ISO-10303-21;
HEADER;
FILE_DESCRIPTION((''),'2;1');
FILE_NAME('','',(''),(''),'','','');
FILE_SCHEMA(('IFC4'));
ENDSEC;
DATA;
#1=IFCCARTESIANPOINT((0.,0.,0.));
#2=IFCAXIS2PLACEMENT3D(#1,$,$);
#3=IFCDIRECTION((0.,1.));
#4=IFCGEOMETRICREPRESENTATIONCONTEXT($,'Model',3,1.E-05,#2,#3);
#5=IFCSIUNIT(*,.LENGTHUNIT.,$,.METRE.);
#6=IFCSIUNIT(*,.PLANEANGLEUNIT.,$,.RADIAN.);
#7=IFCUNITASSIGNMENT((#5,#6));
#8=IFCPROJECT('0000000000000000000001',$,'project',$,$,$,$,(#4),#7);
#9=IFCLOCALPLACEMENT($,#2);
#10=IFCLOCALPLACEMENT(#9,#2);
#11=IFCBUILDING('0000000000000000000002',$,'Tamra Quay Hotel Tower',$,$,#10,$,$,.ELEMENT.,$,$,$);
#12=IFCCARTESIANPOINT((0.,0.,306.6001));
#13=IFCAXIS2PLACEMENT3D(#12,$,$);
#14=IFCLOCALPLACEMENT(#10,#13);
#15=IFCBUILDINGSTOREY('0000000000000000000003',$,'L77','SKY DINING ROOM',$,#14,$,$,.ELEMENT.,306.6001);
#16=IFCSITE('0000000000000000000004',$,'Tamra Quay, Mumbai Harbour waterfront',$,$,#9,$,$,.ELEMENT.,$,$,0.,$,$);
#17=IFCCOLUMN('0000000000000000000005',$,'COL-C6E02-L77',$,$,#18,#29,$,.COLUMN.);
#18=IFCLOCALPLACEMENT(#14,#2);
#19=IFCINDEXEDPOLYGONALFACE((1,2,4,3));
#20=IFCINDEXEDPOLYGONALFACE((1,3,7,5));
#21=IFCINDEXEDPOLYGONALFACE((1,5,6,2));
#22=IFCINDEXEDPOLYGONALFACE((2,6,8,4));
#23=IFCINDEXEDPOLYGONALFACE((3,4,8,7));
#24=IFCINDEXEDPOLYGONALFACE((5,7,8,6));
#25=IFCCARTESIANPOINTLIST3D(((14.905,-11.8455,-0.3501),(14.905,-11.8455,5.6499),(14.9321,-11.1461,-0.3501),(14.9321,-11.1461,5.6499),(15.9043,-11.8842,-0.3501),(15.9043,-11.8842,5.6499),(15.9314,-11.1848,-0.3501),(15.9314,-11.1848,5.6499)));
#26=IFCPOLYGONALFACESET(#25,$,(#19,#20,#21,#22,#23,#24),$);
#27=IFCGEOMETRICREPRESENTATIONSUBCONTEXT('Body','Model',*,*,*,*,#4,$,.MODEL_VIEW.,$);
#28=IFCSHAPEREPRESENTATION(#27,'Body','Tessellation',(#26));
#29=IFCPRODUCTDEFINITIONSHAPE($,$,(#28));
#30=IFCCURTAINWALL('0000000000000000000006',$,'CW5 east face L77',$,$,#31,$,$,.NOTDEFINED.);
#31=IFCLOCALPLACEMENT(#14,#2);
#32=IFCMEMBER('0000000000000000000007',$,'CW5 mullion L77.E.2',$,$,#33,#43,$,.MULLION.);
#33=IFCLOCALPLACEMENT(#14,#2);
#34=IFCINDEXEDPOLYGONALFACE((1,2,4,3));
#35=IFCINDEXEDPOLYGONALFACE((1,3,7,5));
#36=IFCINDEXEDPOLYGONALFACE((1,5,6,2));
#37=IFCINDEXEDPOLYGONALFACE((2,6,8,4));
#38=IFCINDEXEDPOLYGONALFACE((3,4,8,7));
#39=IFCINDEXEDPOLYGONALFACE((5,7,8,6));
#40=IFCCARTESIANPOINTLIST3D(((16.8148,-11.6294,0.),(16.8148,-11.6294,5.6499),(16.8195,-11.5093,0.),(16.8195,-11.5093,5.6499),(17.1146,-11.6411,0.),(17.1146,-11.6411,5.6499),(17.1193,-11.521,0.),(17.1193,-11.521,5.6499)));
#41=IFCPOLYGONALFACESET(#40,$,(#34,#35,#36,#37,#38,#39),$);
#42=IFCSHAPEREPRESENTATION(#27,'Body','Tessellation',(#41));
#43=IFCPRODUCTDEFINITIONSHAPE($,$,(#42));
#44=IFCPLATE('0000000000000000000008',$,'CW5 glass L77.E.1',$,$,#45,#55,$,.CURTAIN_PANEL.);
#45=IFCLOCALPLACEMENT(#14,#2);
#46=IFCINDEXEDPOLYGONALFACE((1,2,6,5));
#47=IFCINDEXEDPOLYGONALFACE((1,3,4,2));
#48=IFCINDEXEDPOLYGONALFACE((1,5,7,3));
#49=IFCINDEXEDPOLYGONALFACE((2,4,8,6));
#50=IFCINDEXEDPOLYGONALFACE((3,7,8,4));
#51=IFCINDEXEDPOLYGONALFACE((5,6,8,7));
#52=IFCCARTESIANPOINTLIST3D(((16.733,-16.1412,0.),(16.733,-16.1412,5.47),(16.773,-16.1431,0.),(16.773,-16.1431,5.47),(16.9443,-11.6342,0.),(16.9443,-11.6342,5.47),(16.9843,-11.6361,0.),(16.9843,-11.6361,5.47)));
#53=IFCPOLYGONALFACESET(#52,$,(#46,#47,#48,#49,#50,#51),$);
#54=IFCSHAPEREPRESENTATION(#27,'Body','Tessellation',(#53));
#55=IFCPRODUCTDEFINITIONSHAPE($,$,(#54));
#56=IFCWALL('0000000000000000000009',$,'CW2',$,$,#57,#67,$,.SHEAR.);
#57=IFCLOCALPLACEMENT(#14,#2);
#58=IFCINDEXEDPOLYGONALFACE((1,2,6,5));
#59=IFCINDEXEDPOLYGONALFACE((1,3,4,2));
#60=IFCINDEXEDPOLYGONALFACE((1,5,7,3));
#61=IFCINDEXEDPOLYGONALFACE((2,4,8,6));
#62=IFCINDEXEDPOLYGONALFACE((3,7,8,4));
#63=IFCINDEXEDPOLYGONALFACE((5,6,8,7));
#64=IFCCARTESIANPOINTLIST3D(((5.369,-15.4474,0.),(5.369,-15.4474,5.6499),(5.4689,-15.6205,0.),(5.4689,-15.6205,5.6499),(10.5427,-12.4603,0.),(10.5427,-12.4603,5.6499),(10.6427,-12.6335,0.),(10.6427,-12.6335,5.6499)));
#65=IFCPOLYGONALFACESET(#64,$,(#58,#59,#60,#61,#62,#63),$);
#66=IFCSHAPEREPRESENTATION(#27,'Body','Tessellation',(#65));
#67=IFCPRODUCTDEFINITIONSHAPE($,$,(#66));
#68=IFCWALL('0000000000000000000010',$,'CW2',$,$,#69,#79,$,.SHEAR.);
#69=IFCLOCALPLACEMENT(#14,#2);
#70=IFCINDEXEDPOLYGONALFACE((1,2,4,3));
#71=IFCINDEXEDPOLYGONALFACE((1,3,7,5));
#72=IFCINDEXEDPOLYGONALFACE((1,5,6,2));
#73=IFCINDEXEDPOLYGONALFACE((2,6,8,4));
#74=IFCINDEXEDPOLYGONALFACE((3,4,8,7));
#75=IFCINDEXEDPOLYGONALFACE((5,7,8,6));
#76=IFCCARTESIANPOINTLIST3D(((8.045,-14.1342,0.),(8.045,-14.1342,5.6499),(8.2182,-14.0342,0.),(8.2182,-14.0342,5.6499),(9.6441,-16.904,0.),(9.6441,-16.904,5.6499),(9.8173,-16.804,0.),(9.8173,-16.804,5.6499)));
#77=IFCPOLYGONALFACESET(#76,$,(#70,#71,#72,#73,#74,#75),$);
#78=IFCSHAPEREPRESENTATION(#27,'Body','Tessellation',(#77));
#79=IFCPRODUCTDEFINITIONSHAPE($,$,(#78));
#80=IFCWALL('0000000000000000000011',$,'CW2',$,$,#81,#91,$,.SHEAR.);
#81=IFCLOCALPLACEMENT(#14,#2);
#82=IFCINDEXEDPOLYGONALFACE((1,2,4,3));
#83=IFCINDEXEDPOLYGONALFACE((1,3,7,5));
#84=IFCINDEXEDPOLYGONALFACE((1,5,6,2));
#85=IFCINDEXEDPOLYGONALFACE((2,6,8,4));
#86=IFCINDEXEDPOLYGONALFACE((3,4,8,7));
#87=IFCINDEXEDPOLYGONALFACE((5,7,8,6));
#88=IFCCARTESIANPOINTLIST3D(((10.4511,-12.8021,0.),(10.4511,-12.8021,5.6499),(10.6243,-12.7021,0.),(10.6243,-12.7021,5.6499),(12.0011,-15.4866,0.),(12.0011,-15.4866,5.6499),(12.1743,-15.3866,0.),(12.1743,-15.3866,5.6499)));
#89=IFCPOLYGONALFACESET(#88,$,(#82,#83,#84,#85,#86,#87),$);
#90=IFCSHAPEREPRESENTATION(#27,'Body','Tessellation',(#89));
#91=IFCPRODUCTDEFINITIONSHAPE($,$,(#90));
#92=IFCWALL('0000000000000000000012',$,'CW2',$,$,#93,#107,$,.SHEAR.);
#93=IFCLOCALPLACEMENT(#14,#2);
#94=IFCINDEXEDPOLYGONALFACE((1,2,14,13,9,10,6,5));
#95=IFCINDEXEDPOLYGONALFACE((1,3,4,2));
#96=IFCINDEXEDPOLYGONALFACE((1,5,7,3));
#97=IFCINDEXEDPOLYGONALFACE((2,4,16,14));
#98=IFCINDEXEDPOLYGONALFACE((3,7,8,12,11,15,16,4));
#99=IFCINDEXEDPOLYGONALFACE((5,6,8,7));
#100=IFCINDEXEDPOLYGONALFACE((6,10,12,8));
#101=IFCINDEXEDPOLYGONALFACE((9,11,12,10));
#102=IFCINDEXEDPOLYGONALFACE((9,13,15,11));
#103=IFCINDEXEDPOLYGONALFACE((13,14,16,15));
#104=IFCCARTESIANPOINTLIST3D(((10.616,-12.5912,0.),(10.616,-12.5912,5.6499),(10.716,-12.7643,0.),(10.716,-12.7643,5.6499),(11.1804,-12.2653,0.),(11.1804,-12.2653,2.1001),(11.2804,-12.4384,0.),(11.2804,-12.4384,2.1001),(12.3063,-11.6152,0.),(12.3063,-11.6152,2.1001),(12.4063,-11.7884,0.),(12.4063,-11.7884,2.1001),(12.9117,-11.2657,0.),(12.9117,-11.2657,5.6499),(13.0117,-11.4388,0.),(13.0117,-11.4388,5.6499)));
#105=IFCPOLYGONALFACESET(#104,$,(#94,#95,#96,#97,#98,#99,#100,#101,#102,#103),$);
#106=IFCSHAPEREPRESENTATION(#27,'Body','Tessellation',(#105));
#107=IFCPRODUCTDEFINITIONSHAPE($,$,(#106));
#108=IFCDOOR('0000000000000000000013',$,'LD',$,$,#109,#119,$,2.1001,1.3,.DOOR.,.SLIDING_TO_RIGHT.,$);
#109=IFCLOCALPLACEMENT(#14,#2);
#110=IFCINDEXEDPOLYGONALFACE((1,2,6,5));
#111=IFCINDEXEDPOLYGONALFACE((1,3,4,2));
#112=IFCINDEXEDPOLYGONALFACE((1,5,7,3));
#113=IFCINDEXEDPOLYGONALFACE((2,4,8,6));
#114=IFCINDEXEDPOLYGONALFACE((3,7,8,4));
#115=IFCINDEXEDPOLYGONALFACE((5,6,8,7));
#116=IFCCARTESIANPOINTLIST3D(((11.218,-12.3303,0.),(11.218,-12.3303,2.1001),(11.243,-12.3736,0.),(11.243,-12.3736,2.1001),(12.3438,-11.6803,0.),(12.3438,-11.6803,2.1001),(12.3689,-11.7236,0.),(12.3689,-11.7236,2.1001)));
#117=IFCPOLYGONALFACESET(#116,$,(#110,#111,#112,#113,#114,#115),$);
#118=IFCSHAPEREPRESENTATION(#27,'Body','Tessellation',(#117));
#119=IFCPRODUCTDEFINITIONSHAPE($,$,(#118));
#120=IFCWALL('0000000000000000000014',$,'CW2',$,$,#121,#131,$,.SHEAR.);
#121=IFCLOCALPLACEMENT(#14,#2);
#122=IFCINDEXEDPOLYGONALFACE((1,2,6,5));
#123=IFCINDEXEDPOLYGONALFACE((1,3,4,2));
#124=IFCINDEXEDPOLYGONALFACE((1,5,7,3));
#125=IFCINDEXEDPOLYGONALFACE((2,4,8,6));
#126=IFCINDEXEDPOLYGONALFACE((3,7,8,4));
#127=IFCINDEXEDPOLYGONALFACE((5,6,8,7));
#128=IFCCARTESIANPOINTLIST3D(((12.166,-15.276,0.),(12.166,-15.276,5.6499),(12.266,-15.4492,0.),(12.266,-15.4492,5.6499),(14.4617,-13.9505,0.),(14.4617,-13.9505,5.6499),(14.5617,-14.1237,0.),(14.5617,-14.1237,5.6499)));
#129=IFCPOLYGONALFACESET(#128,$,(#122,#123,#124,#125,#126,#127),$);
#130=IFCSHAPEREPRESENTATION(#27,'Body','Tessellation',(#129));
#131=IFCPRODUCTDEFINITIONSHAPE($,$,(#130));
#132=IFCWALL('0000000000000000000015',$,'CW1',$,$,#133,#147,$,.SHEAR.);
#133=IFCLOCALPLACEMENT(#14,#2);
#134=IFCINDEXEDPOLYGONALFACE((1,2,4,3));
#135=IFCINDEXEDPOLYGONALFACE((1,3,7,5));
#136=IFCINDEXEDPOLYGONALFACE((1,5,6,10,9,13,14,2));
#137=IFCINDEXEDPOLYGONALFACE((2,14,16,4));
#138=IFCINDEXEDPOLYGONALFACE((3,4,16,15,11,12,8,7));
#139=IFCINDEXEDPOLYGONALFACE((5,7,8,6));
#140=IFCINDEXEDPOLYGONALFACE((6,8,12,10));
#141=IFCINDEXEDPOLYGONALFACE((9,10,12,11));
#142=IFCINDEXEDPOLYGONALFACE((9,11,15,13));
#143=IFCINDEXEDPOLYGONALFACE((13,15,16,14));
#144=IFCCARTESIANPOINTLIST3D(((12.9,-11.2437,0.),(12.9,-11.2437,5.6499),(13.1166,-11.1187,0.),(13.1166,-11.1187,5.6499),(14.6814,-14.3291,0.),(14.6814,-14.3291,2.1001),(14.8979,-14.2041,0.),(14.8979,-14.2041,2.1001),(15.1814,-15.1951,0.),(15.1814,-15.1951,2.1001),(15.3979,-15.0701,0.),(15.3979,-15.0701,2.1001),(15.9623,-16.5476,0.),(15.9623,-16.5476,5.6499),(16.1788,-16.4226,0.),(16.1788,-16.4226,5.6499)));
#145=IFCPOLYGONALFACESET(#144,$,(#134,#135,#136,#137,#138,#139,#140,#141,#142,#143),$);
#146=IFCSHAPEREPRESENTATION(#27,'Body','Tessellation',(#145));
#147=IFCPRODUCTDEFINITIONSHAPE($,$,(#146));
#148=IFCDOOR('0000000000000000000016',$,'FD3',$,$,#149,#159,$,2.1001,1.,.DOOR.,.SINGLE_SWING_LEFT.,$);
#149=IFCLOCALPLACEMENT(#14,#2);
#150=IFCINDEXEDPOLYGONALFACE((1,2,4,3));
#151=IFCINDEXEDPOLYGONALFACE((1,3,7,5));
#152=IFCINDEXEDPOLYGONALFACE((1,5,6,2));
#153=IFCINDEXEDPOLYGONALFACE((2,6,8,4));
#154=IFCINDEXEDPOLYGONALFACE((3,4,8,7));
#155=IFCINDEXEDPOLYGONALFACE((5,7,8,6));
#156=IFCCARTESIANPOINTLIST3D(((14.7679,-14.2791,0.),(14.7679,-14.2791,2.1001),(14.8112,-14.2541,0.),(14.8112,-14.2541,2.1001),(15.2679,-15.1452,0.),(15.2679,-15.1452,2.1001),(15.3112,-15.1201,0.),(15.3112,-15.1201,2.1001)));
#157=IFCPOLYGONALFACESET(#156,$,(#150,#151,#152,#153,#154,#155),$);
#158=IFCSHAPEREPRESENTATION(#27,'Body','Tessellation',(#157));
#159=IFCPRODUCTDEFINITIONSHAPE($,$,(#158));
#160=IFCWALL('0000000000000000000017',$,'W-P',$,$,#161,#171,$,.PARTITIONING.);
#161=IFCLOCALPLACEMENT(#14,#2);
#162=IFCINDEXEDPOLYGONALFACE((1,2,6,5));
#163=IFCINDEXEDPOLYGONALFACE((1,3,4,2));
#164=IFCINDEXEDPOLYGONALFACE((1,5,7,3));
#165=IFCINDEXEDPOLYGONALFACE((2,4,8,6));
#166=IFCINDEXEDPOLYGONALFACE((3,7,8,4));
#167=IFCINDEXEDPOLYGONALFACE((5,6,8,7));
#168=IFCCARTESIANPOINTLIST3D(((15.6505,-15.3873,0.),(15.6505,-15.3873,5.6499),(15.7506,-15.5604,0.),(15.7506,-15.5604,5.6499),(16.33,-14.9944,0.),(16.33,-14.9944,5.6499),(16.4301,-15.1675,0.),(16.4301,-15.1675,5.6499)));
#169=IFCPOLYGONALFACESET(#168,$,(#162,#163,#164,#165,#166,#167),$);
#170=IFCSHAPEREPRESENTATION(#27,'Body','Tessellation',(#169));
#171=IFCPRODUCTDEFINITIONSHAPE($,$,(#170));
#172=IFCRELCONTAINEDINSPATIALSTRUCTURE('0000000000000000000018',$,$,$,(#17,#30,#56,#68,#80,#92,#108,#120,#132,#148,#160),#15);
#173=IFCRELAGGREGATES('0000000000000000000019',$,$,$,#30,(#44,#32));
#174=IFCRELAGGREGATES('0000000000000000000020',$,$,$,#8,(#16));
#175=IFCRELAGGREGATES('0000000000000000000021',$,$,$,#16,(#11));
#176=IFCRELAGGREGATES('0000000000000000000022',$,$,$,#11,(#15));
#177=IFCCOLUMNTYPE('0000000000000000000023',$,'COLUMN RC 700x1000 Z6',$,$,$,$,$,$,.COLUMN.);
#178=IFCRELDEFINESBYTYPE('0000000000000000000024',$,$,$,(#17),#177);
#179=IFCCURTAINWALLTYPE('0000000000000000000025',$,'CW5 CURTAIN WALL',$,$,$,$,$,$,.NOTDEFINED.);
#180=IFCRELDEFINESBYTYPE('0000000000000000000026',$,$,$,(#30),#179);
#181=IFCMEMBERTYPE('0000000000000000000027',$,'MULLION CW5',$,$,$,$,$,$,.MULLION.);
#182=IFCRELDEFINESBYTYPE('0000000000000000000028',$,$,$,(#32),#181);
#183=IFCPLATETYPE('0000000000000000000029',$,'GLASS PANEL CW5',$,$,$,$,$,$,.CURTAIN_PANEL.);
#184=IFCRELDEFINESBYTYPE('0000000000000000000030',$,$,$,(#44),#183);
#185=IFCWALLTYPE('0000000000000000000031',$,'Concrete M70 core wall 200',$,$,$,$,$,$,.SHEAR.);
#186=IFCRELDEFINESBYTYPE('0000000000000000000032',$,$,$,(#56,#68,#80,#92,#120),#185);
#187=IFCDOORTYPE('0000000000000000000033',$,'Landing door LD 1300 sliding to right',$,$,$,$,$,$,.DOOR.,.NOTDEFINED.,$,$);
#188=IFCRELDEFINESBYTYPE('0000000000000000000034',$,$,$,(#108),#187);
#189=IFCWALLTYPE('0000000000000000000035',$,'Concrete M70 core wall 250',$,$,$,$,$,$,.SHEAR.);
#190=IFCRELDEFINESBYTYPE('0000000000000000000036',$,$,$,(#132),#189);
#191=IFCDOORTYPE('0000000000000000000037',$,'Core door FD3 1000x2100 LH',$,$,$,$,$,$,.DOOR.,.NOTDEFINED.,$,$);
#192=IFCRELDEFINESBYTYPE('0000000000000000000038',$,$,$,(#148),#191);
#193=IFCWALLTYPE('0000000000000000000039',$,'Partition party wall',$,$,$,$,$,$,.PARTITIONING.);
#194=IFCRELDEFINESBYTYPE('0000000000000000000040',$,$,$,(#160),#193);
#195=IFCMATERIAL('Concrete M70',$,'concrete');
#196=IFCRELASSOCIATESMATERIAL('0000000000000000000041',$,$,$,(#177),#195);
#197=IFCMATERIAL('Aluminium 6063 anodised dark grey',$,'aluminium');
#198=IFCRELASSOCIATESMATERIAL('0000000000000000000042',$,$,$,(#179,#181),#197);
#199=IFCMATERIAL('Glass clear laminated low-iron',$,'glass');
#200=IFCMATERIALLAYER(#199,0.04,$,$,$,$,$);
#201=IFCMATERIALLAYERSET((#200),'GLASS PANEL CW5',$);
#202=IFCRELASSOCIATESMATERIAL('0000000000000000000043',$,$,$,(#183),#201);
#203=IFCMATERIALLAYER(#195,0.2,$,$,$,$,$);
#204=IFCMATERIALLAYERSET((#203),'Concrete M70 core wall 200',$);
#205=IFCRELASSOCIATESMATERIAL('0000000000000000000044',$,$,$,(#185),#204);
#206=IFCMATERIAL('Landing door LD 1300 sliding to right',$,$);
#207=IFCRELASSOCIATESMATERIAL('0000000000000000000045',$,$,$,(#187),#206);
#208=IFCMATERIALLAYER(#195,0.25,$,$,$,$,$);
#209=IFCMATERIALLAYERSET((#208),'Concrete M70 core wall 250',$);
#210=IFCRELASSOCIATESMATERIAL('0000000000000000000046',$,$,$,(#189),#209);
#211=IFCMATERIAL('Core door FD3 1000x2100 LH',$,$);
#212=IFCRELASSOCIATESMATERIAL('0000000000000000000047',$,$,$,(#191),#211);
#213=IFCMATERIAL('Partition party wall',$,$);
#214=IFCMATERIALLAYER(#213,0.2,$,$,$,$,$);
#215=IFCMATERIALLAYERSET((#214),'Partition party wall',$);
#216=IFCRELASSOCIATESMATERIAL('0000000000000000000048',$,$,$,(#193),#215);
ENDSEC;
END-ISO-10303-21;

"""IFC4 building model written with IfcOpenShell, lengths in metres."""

from ifc_helpers import new_model, si_unit, direction, frame, frame_2d, origin, origin_2d, place, context, subcontext, project, spatial, rectangle, extrude, material, layer, layer_set, material_profile, profile_set, type_object, element, fill, aggregate, save


model = new_model("IFC4")

# Units and contexts
model_context = context("Model", 3, precision=1e-05, world=origin(), true_north=direction((0.0, 1.0)))
body_context = subcontext(model_context, "Body", "Model", "MODEL_VIEW")
ifc_project = project(units=[si_unit("LENGTHUNIT", "METRE"), si_unit("PLANEANGLEUNIT", "RADIAN")], contexts=[model_context])

# Site, building, storey
site_placement = place(None, origin())
site = spatial("IfcSite", under=ifc_project, at=site_placement, Name="Tamra Quay, Mumbai Harbour waterfront", CompositionType="ELEMENT", RefElevation=0.0)
building_placement = place(site_placement, origin())
building = spatial("IfcBuilding", under=site, at=building_placement, Name="Tamra Quay Hotel Tower", CompositionType="ELEMENT")
storey_placement = place(building_placement, frame((0.0, 0.0, 306.6001)))
storey = spatial("IfcBuildingStorey", under=building, at=storey_placement, Name="L77", Description="SKY DINING ROOM", CompositionType="ELEMENT", Elevation=306.6001)

# Column
ifc_material_1 = material(Name="Concrete M70", Category="concrete")
ifc_material_profile_1 = material_profile(ifc_material_1, rectangle(XDim=1.0, YDim=0.7, at=origin_2d()), Name="COLUMN RC 700x1000 Z6")
ifc_profile_set_1 = profile_set([ifc_material_profile_1], Name="Concrete M70")
column_type = type_object("IfcColumnType", Name="COLUMN RC 700x1000 Z6", PredefinedType="COLUMN", material=ifc_profile_set_1)
column_placement = place(storey_placement, frame((15.4182, -11.5151, -0.3501), z_axis=(0.0, 0.0, 1.0), x_axis=(-0.999251, 0.038691, 0.0)))
element("IfcColumn", 1, at=column_placement, inside=storey, type_object=column_type, Name="COL-C6E02-L77", PredefinedType="COLUMN", context=body_context, shape_type="SweptSolid", body=[
    extrude(rectangle(XDim=1.0, YDim=0.7, at=origin_2d()), origin(), (0.0, 0.0, 1.0), 6.0),
])

# Curtain wall, member, plate
ifc_material_2 = material(Name="Aluminium 6063 anodised dark grey", Category="aluminium")
curtain_wall_type = type_object("IfcCurtainWallType", Name="CW5 CURTAIN WALL", PredefinedType="NOTDEFINED", material=ifc_material_2)
curtain_wall_placement = place(storey_placement, origin())
curtain_wall = element("IfcCurtainWall", 2, at=curtain_wall_placement, inside=storey, type_object=curtain_wall_type, Name="CW5 east face L77", PredefinedType="NOTDEFINED")
ifc_material_profile_2 = material_profile(ifc_material_2, rectangle(XDim=0.3, YDim=0.1201, at=origin_2d()), Name="MULLION 120X300")
ifc_profile_set_2 = profile_set([ifc_material_profile_2], Name="Aluminium 6063 anodised dark grey")
member_type = type_object("IfcMemberType", Name="MULLION CW5", PredefinedType="MULLION", material=ifc_profile_set_2)
member_placement = place(storey_placement, frame((16.967, -11.5752, 0.0), z_axis=(0.0, 0.0, 1.0), x_axis=(0.999238, -0.039033, 0.0)))
member = element("IfcMember", 3, at=member_placement, type_object=member_type, Name="CW5 mullion L77.E.2", PredefinedType="MULLION", context=body_context, shape_type="SweptSolid", body=[
    extrude(rectangle(XDim=0.3, YDim=0.1201, at=origin_2d()), origin(), (0.0, 0.0, 1.0), 5.6499),
])
ifc_material_3 = material(Name="Glass clear laminated low-iron", Category="glass")
ifc_layer_1 = layer(ifc_material_3, 0.04)
ifc_layer_set_1 = layer_set([ifc_layer_1], Name="GLASS PANEL CW5")
plate_type = type_object("IfcPlateType", Name="GLASS PANEL CW5", PredefinedType="CURTAIN_PANEL", material=ifc_layer_set_1)
plate_placement = place(storey_placement, frame((16.8586, -13.8887, 0.0), z_axis=(0.0, 0.0, 1.0), x_axis=(0.046821, 0.998903, 0.0)))
plate = element("IfcPlate", 4, at=plate_placement, type_object=plate_type, Name="CW5 glass L77.E.1", PredefinedType="CURTAIN_PANEL", context=body_context, shape_type="SweptSolid", body=[
    extrude(rectangle(XDim=4.512, YDim=0.04, at=origin_2d()), origin(), (0.0, 0.0, 1.0), 5.47),
])
aggregate(curtain_wall, [plate, member])

# Walls
ifc_layer_2 = layer(ifc_material_1, 0.2)
ifc_layer_set_2 = layer_set([ifc_layer_2], Name="Concrete M70 core wall 200")
wall_type_1 = type_object("IfcWallType", Name="Concrete M70 core wall 200", PredefinedType="SHEAR", material=ifc_layer_set_2)
wall_1_placement = place(storey_placement, frame((5.4189, -15.5339, 0.0), z_axis=(0.0, 0.0, 1.0), x_axis=(0.866029, 0.499994, 0.0)))
element("IfcWall", 5, at=wall_1_placement, inside=storey, type_object=wall_type_1, Name="CW2", PredefinedType="SHEAR", context=body_context, shape_type="SweptSolid", body=[
    extrude(rectangle(XDim=5.9741, YDim=0.2, at=frame_2d((2.9871, 0.0))), origin(), (0.0, 0.0, 1.0), 5.6499),
])
wall_2_placement = place(storey_placement, frame((8.1316, -14.0842, 0.0), z_axis=(0.0, 0.0, 1.0), x_axis=(0.499998, -0.866027, 0.0)))
element("IfcWall", 6, at=wall_2_placement, inside=storey, type_object=wall_type_1, Name="CW2", PredefinedType="SHEAR", context=body_context, shape_type="SweptSolid", body=[
    extrude(rectangle(XDim=3.1982, YDim=0.2, at=frame_2d((1.5991, 0.0))), origin(), (0.0, 0.0, 1.0), 5.6499),
])
wall_3_placement = place(storey_placement, frame((12.0876, -15.4365, 0.0), z_axis=(0.0, 0.0, 1.0), x_axis=(-0.500027, 0.86601, 0.0)))
element("IfcWall", 7, at=wall_3_placement, inside=storey, type_object=wall_type_1, Name="CW2", PredefinedType="SHEAR", context=body_context, shape_type="SweptSolid", body=[
    extrude(rectangle(XDim=3.0999, YDim=0.2, at=frame_2d((1.5498, 0.0))), origin(), (0.0, 0.0, 1.0), 5.6499),
])

# Wall, opening, door
wall_4_placement = place(storey_placement, frame((10.666, -12.6777, 0.0), z_axis=(0.0, 0.0, 1.0), x_axis=(0.866018, 0.500012, 0.0)))
wall_4 = element("IfcWall", 8, at=wall_4_placement, inside=storey, type_object=wall_type_1, Name="CW2", PredefinedType="SHEAR", context=body_context, shape_type="SweptSolid", body=[
    extrude(rectangle(XDim=2.6509, YDim=0.2, at=frame_2d((1.3254, 0.0))), origin(), (0.0, 0.0, 1.0), 5.6499),
])
opening_1_placement = place(wall_4_placement, frame((0.6519, 0.0, 0.0)))
opening_1 = element("IfcOpeningElement", 9, at=opening_1_placement, cuts=wall_4, PredefinedType="OPENING", context=body_context, shape_type="SweptSolid", body=[
    extrude(rectangle(XDim=1.3, YDim=2.1001, at=frame_2d((0.6499, 1.05))), frame((0.0, 0.1099, 0.0), z_axis=(0.0, -1.0, 0.0), x_axis=(1.0, 0.0, 0.0)), (0.0, 0.0, 1.0), 0.22),
])
ifc_material_4 = material(Name="Landing door LD 1300 sliding to right")
door_type_1 = type_object("IfcDoorType", Name="Landing door LD 1300 sliding to right", OperationType="NOTDEFINED", PredefinedType="DOOR", material=ifc_material_4)
door_1_placement = place(opening_1_placement, origin())
door_1 = element("IfcDoor", 10, at=door_1_placement, inside=storey, type_object=door_type_1, Name="LD", OperationType="SLIDING_TO_RIGHT", OverallHeight=2.1001, OverallWidth=1.3, PredefinedType="DOOR", context=body_context, shape_type="SweptSolid", body=[
    extrude(rectangle(XDim=1.3, YDim=2.1001, at=frame_2d((0.6499, 1.05))), frame((0.0, 0.0249, 0.0), z_axis=(0.0, -1.0, 0.0), x_axis=(1.0, 0.0, 0.0)), (0.0, 0.0, 1.0), 0.05),
])
fill(opening_1, door_1)

# Wall
wall_5_placement = place(storey_placement, frame((14.5117, -14.0371, 0.0), z_axis=(0.0, 0.0, 1.0), x_axis=(-0.866018, -0.500012, 0.0)))
element("IfcWall", 11, at=wall_5_placement, inside=storey, type_object=wall_type_1, Name="CW2", PredefinedType="SHEAR", context=body_context, shape_type="SweptSolid", body=[
    extrude(rectangle(XDim=2.6509, YDim=0.2, at=frame_2d((1.3254, 0.0))), origin(), (0.0, 0.0, 1.0), 5.6499),
])

# Wall, opening, door
ifc_layer_3 = layer(ifc_material_1, 0.25)
ifc_layer_set_3 = layer_set([ifc_layer_3], Name="Concrete M70 core wall 250")
wall_type_2 = type_object("IfcWallType", Name="Concrete M70 core wall 250", PredefinedType="SHEAR", material=ifc_layer_set_3)
wall_6_placement = place(storey_placement, frame((13.0083, -11.1812, 0.0), z_axis=(0.0, 0.0, 1.0), x_axis=(0.500002, -0.866024, 0.0)))
wall_6 = element("IfcWall", 12, at=wall_6_placement, inside=storey, type_object=wall_type_2, Name="CW1", PredefinedType="SHEAR", context=body_context, shape_type="SweptSolid", body=[
    extrude(rectangle(XDim=6.1245, YDim=0.25, at=frame_2d((3.0623, 0.0))), origin(), (0.0, 0.0, 1.0), 5.6499),
])
opening_2_placement = place(wall_6_placement, frame((3.5627, 0.0, 0.0)))
opening_2 = element("IfcOpeningElement", 13, at=opening_2_placement, cuts=wall_6, PredefinedType="OPENING", context=body_context, shape_type="SweptSolid", body=[
    extrude(rectangle(XDim=1.0, YDim=2.1001, at=frame_2d((0.5, 1.05))), frame((0.0, 0.135, 0.0), z_axis=(0.0, -1.0, 0.0), x_axis=(1.0, 0.0, 0.0)), (0.0, 0.0, 1.0), 0.27),
])
ifc_material_5 = material(Name="Core door FD3 1000x2100 LH")
door_type_2 = type_object("IfcDoorType", Name="Core door FD3 1000x2100 LH", OperationType="NOTDEFINED", PredefinedType="DOOR", material=ifc_material_5)
door_2_placement = place(opening_2_placement, origin())
door_2 = element("IfcDoor", 14, at=door_2_placement, inside=storey, type_object=door_type_2, Name="FD3", OperationType="SINGLE_SWING_LEFT", OverallHeight=2.1001, OverallWidth=1.0, PredefinedType="DOOR", context=body_context, shape_type="SweptSolid", body=[
    extrude(rectangle(XDim=1.0, YDim=2.1001, at=frame_2d((0.5, 1.05))), frame((0.0, 0.0249, 0.0), z_axis=(0.0, -1.0, 0.0), x_axis=(1.0, 0.0, 0.0)), (0.0, 0.0, 1.0), 0.05),
])
fill(opening_2, door_2)

# Wall
ifc_material_6 = material(Name="Partition party wall")
ifc_layer_4 = layer(ifc_material_6, 0.2)
ifc_layer_set_4 = layer_set([ifc_layer_4], Name="Partition party wall")
wall_type_3 = type_object("IfcWallType", Name="Partition party wall", PredefinedType="PARTITIONING", material=ifc_layer_set_4)
wall_7_placement = place(storey_placement, frame((15.7004, -15.4739, 0.0), z_axis=(0.0, 0.0, 1.0), x_axis=(0.865724, 0.500521, 0.0)))
element("IfcWall", 15, at=wall_7_placement, inside=storey, type_object=wall_type_3, Name="W-P", PredefinedType="PARTITIONING", context=body_context, shape_type="SweptSolid", body=[
    extrude(rectangle(XDim=0.7849, YDim=0.2, at=frame_2d((0.3926, 0.0))), origin(), (0.0, 0.0, 1.0), 5.6499),
])

save(model, "model.ifc")
